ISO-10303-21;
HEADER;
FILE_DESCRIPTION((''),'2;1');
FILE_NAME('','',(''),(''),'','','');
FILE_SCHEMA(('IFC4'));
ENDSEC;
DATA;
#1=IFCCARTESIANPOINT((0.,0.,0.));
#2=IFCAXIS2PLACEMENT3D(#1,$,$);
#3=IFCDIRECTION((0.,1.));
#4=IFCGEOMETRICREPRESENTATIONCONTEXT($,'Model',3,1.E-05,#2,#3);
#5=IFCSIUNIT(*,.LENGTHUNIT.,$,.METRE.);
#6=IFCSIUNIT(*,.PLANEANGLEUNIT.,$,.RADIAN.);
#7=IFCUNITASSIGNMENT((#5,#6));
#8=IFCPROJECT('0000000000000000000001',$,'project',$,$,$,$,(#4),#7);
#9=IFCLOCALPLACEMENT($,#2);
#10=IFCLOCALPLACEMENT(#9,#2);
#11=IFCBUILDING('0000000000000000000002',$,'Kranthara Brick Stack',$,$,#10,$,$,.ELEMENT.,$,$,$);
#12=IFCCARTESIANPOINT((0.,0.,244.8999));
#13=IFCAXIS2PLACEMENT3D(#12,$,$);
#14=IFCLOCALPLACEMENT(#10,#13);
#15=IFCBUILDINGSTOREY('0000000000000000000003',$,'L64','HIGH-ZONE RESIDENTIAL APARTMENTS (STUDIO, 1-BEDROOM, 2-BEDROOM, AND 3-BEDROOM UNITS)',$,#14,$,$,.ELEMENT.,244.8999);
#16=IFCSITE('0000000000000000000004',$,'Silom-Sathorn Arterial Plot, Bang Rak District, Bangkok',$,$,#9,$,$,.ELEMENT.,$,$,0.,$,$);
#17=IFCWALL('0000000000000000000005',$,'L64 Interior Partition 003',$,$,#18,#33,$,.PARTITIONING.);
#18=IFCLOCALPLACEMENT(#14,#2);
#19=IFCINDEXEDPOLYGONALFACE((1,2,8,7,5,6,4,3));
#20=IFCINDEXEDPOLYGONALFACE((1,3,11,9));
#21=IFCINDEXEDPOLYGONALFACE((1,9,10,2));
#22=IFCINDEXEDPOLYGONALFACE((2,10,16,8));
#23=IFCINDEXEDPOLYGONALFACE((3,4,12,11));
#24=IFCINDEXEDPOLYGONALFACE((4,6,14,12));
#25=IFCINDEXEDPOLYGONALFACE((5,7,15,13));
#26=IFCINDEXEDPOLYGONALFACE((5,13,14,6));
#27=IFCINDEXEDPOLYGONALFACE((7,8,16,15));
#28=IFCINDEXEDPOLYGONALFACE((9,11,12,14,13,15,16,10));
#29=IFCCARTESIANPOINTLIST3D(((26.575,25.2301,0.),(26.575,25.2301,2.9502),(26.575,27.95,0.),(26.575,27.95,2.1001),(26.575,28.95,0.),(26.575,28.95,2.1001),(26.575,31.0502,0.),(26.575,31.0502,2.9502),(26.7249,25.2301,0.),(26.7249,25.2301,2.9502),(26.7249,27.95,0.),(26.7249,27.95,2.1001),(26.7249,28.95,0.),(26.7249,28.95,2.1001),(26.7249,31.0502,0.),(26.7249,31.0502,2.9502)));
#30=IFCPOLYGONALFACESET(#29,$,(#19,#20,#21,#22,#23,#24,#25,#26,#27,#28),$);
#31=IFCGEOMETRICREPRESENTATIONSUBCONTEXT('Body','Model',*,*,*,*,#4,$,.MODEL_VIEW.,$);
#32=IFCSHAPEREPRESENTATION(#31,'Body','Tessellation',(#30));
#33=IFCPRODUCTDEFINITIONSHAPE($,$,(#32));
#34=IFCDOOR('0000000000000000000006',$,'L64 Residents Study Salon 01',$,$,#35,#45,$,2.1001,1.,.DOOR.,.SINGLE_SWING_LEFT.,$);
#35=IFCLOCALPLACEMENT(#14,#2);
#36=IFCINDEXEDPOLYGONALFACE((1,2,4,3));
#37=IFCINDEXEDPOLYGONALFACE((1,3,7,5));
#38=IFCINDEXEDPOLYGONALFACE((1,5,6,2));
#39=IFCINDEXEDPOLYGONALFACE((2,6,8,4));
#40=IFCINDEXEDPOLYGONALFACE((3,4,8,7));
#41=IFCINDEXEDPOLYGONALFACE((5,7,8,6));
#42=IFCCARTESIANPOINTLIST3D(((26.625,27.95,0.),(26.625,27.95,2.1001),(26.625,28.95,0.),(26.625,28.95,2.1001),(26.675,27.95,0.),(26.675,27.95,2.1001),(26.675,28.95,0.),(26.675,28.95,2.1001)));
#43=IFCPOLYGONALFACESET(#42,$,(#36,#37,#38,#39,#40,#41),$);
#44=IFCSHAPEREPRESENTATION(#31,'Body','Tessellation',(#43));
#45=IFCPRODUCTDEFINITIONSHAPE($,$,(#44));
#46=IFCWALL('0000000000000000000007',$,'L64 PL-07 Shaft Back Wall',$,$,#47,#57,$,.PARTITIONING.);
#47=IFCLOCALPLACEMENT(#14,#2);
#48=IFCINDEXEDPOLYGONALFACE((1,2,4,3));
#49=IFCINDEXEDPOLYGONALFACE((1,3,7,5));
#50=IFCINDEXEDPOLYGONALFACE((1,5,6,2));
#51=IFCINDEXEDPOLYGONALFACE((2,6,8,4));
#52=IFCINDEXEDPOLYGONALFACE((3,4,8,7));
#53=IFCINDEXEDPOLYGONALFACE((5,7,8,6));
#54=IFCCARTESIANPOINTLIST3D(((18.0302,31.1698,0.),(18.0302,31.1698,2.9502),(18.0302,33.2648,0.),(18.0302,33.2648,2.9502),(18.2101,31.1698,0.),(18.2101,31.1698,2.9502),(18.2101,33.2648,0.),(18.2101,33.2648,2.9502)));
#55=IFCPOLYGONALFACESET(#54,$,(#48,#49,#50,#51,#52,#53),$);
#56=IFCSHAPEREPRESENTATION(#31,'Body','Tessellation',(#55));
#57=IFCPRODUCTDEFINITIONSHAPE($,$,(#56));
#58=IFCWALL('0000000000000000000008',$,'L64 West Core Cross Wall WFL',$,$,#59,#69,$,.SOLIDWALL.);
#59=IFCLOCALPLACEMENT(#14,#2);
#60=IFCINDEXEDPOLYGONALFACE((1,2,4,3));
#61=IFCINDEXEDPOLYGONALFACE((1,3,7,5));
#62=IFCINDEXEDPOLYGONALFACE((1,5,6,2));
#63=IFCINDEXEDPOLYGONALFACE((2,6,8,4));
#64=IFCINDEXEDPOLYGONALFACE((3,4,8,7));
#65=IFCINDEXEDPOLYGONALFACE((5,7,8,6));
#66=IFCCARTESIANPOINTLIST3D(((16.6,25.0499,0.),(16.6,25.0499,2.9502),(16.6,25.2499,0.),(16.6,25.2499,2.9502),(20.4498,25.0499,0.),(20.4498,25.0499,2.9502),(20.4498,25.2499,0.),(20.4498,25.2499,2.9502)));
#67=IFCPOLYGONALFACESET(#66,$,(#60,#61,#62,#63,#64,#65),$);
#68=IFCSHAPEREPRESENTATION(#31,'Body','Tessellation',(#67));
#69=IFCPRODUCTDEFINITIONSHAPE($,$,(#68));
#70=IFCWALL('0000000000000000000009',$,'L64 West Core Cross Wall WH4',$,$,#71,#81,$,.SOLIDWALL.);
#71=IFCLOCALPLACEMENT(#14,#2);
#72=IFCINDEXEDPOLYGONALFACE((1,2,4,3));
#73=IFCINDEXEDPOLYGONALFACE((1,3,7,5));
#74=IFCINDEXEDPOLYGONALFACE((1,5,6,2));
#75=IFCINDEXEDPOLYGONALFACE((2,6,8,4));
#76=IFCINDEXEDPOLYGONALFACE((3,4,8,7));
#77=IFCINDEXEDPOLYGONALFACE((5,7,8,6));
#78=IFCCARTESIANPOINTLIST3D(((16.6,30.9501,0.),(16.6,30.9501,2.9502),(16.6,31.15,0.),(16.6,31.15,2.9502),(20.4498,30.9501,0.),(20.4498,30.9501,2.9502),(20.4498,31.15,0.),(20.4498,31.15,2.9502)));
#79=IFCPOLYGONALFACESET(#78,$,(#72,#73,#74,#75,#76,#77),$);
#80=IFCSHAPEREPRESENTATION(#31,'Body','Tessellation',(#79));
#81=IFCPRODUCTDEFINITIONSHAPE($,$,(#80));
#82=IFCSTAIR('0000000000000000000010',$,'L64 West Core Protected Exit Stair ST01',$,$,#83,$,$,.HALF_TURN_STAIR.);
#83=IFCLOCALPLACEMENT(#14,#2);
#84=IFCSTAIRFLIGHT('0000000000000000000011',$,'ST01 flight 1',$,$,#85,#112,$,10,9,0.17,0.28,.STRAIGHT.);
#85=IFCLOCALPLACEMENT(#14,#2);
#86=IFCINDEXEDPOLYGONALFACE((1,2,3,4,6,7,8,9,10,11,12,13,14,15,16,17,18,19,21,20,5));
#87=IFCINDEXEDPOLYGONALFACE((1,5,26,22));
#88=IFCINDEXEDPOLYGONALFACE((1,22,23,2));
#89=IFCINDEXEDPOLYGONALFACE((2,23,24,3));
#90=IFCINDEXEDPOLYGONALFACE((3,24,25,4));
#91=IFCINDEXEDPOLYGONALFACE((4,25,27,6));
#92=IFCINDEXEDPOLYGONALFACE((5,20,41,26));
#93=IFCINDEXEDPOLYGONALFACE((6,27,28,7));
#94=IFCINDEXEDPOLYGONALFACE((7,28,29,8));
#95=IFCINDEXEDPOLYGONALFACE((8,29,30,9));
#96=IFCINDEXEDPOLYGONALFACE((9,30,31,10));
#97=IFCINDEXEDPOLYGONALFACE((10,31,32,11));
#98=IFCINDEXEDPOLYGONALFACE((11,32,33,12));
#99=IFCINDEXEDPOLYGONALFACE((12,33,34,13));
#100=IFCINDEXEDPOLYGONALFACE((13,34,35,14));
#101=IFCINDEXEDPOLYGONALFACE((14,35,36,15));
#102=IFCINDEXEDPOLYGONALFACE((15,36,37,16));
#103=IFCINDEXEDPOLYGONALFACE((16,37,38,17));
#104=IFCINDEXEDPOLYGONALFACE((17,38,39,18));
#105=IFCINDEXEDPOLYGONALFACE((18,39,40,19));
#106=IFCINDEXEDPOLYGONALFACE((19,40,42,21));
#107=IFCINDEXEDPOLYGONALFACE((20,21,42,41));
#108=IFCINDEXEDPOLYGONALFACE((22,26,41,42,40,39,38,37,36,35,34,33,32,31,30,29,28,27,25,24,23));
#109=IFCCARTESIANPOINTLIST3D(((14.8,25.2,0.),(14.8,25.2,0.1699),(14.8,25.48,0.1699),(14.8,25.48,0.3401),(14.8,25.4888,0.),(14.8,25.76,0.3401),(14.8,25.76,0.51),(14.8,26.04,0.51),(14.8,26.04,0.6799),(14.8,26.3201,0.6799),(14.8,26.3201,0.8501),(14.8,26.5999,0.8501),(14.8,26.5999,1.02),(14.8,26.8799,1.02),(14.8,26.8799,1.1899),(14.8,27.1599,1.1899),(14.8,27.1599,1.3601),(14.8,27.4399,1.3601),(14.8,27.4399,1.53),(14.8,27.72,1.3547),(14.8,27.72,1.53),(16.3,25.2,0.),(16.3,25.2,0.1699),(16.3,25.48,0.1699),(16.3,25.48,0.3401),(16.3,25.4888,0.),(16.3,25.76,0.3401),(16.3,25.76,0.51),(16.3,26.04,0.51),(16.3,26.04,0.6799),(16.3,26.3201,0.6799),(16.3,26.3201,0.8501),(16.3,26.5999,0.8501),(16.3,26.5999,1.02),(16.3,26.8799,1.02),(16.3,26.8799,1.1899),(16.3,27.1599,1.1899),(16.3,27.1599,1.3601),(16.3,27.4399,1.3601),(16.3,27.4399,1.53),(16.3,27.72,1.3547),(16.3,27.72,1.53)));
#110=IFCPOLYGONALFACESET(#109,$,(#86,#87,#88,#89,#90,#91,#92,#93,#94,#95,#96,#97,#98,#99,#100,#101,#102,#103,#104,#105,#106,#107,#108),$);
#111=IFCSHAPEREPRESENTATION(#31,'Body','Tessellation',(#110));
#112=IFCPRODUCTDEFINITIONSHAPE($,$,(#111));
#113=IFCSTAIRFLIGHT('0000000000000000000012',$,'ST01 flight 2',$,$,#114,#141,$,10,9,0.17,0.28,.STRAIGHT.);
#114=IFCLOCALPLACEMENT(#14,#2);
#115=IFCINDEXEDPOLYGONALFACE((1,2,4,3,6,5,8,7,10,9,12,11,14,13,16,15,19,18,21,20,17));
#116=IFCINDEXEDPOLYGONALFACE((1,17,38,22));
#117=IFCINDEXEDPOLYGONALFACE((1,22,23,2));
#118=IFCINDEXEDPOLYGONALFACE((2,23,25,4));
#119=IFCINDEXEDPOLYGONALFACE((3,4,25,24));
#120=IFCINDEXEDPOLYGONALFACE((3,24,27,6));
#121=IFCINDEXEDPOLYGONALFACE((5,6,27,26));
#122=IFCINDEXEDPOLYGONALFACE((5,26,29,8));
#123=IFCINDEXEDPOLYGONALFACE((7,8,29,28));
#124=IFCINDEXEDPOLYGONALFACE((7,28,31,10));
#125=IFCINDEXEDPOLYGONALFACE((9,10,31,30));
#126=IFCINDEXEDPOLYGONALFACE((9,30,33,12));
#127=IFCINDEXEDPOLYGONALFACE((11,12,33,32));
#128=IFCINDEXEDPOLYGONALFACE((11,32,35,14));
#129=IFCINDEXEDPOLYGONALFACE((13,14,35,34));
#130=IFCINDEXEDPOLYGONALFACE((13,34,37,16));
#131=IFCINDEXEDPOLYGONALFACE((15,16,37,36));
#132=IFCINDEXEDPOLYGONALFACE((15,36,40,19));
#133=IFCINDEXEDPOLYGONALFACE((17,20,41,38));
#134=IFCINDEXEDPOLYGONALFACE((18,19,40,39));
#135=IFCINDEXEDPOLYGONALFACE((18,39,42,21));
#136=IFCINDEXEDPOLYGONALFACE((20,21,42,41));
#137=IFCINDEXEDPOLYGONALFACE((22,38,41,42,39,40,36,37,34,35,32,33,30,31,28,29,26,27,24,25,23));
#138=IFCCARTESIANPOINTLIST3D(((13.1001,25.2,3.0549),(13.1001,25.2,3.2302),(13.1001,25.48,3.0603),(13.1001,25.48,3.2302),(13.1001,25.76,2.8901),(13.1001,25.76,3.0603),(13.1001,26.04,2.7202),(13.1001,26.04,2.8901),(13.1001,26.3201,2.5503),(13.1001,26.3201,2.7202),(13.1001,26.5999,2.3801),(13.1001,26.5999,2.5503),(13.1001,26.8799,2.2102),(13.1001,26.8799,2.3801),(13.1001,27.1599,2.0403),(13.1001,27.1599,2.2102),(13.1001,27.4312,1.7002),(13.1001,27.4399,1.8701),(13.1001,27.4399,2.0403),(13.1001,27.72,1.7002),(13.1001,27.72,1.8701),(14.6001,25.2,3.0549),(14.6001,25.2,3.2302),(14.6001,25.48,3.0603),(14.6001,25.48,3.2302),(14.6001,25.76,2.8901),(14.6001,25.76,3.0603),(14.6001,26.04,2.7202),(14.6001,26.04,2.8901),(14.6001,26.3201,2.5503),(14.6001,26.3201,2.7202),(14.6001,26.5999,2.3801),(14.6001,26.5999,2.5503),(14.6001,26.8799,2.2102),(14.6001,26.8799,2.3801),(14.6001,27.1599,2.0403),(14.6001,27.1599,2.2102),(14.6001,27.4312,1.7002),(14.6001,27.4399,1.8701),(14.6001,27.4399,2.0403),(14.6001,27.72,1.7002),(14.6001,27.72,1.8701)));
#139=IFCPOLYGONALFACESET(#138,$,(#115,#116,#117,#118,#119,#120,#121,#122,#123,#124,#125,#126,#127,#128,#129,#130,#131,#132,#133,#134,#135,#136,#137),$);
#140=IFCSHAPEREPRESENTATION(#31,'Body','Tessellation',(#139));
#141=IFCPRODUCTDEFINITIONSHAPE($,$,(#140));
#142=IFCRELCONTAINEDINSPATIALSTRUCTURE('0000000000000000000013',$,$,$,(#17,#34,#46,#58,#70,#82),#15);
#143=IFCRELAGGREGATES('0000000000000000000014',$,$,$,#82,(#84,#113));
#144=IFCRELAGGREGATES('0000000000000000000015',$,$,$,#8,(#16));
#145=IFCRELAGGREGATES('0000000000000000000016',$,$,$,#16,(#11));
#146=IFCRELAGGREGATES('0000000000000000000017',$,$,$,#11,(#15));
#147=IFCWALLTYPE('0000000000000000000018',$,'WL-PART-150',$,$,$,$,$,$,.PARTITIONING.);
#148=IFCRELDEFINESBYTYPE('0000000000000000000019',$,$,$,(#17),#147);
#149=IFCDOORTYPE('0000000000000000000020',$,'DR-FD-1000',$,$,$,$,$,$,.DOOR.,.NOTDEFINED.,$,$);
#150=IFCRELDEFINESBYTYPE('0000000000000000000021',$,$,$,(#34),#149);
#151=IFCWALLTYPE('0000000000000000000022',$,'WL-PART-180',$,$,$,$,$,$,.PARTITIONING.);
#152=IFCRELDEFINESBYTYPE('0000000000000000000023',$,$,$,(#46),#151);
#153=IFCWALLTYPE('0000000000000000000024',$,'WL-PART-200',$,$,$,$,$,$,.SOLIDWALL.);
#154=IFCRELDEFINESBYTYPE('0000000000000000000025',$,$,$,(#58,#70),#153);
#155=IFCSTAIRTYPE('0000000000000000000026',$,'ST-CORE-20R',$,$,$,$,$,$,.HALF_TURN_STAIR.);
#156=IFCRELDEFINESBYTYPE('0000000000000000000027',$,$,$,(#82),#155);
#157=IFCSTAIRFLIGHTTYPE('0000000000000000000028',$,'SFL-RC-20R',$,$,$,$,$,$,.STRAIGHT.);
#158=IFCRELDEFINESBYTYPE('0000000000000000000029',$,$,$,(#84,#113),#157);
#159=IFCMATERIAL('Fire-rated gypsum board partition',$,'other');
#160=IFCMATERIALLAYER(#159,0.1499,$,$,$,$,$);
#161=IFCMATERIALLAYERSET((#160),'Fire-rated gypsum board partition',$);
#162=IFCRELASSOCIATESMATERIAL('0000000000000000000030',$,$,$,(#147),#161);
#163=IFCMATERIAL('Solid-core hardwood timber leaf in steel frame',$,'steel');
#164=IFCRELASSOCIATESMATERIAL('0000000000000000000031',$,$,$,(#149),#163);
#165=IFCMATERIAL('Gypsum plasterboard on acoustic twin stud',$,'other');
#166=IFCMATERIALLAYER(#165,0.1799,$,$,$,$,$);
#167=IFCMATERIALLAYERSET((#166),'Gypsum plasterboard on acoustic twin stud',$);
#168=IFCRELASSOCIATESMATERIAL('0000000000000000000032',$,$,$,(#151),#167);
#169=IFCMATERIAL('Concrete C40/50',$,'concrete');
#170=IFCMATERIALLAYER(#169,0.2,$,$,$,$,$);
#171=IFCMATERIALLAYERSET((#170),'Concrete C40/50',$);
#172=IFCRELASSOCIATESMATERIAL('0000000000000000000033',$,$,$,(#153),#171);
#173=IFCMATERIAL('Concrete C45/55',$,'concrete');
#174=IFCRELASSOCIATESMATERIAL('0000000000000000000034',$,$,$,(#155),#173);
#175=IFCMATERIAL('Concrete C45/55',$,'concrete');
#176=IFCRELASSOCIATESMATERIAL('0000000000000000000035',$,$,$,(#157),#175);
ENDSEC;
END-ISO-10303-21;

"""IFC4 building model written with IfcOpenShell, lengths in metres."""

from ifc_helpers import new_model, si_unit, direction, frame, frame_2d, origin, place, context, subcontext, project, spatial, polyline, rectangle, outline, extrude, material, layer, layer_set, type_object, element, fill, aggregate, save


model = new_model("IFC4")

# Units and contexts
model_context = context("Model", 3, precision=1e-05, world=origin(), true_north=direction((0.0, 1.0)))
body_context = subcontext(model_context, "Body", "Model", "MODEL_VIEW")
ifc_project = project(units=[si_unit("LENGTHUNIT", "METRE"), si_unit("PLANEANGLEUNIT", "RADIAN")], contexts=[model_context])

# Site, building, storey
site_placement = place(None, origin())
site = spatial("IfcSite", under=ifc_project, at=site_placement, Name="Silom-Sathorn Arterial Plot, Bang Rak District, Bangkok", CompositionType="ELEMENT", RefElevation=0.0)
building_placement = place(site_placement, origin())
building = spatial("IfcBuilding", under=site, at=building_placement, Name="Kranthara Brick Stack", CompositionType="ELEMENT")
storey_placement = place(building_placement, frame((0.0, 0.0, 244.8999)))
storey = spatial("IfcBuildingStorey", under=building, at=storey_placement, Name="L64", Description="HIGH-ZONE RESIDENTIAL APARTMENTS (STUDIO, 1-BEDROOM, 2-BEDROOM, AND 3-BEDROOM UNITS)", CompositionType="ELEMENT", Elevation=244.8999)

# Shared definitions
ifc_material_1 = material(Name="Fire-rated gypsum board partition", Category="other")
ifc_layer_1 = layer(ifc_material_1, 0.1499)
ifc_layer_set_1 = layer_set([ifc_layer_1], Name="Fire-rated gypsum board partition")
wall_type_1 = type_object("IfcWallType", Name="WL-PART-150", PredefinedType="PARTITIONING", material=ifc_layer_set_1)

# Wall, opening, door
wall_1_placement = place(storey_placement, frame((26.6499, 25.23, 0.0), z_axis=(0.0, 0.0, 1.0), x_axis=(0.0, 1.0, 0.0)))
wall_1 = element("IfcWall", 1, at=wall_1_placement, inside=storey, type_object=wall_type_1, Name="L64 Interior Partition 003", PredefinedType="PARTITIONING", context=body_context, shape_type="SweptSolid", body=[
    extrude(rectangle(XDim=5.8201, YDim=0.1499, at=frame_2d((2.9102, 0.0))), origin(), (0.0, 0.0, 1.0), 2.9502),
])
opening_1_placement = place(wall_1_placement, frame((2.72, 0.0, 0.0)))
opening_1 = element("IfcOpeningElement", 2, at=opening_1_placement, cuts=wall_1, PredefinedType="OPENING", context=body_context, shape_type="SweptSolid", body=[
    extrude(rectangle(XDim=1.0, YDim=2.1001, at=frame_2d((0.5, 1.05))), frame((0.0, 0.085, 0.0), z_axis=(0.0, -1.0, 0.0), x_axis=(1.0, 0.0, 0.0)), (0.0, 0.0, 1.0), 0.1699),
])
ifc_material_2 = material(Name="Solid-core hardwood timber leaf in steel frame", Category="steel")
door_type_1 = type_object("IfcDoorType", Name="DR-FD-1000", OperationType="NOTDEFINED", PredefinedType="DOOR", material=ifc_material_2)
door_1_placement = place(opening_1_placement, origin())
door_1 = element("IfcDoor", 3, at=door_1_placement, inside=storey, type_object=door_type_1, Name="L64 Residents Study Salon 01", OperationType="SINGLE_SWING_LEFT", OverallHeight=2.1001, OverallWidth=1.0, PredefinedType="DOOR", context=body_context, shape_type="SweptSolid", body=[
    extrude(rectangle(XDim=1.0, YDim=2.1001, at=frame_2d((0.5, 1.05))), frame((0.0, 0.0249, 0.0), z_axis=(0.0, -1.0, 0.0), x_axis=(1.0, 0.0, 0.0)), (0.0, 0.0, 1.0), 0.05),
])
fill(opening_1, door_1)

# Walls
ifc_material_3 = material(Name="Gypsum plasterboard on acoustic twin stud", Category="other")
ifc_layer_2 = layer(ifc_material_3, 0.1799)
ifc_layer_set_2 = layer_set([ifc_layer_2], Name="Gypsum plasterboard on acoustic twin stud")
wall_type_2 = type_object("IfcWallType", Name="WL-PART-180", PredefinedType="PARTITIONING", material=ifc_layer_set_2)
wall_2_placement = place(storey_placement, frame((18.1201, 31.1699, 0.0), z_axis=(0.0, 0.0, 1.0), x_axis=(0.0, 1.0, 0.0)))
element("IfcWall", 4, at=wall_2_placement, inside=storey, type_object=wall_type_2, Name="L64 PL-07 Shaft Back Wall", PredefinedType="PARTITIONING", context=body_context, shape_type="SweptSolid", body=[
    extrude(rectangle(XDim=2.095, YDim=0.1799, at=frame_2d((1.0474, 0.0))), origin(), (0.0, 0.0, 1.0), 2.9502),
])
ifc_material_4 = material(Name="Concrete C40/50", Category="concrete")
ifc_layer_3 = layer(ifc_material_4, 0.2)
ifc_layer_set_3 = layer_set([ifc_layer_3], Name="Concrete C40/50")
wall_type_3 = type_object("IfcWallType", Name="WL-PART-200", PredefinedType="SOLIDWALL", material=ifc_layer_set_3)
for number, where, z_axis, x_axis, name in (
    (5, (16.6001, 25.1499, 0.0), (0.0, 0.0, 1.0), (1.0, 0.0, 0.0), "L64 West Core Cross Wall WFL"),
    (6, (16.6001, 31.05, 0.0), (0.0, 0.0, 1.0), (1.0, 0.0, 0.0), "L64 West Core Cross Wall WH4"),
):
    element("IfcWall", number, at=place(storey_placement, frame(where, z_axis=z_axis, x_axis=x_axis)), inside=storey, type_object=wall_type_3, Name=name, PredefinedType="SOLIDWALL", context=body_context, shape_type="SweptSolid", body=[
        extrude(rectangle(XDim=3.8499, YDim=0.2, at=frame_2d((1.9248, 0.0))), origin(), (0.0, 0.0, 1.0), 2.9502),
    ])

# Stair, stair flights
ifc_material_5 = material(Name="Concrete C45/55", Category="concrete")
stair_type = type_object("IfcStairType", Name="ST-CORE-20R", PredefinedType="HALF_TURN_STAIR", material=ifc_material_5)
stair_placement = place(storey_placement, origin())
stair = element("IfcStair", 7, at=stair_placement, inside=storey, type_object=stair_type, Name="L64 West Core Protected Exit Stair ST01", PredefinedType="HALF_TURN_STAIR")
ifc_material_6 = material(Name="Concrete C45/55", Category="concrete")
stair_flight_type = type_object("IfcStairFlightType", Name="SFL-RC-20R", PredefinedType="STRAIGHT", material=ifc_material_6)
stair_flight_1_placement = place(storey_placement, frame((15.55, 25.2, 0.0), z_axis=(0.0, 0.0, 1.0), x_axis=(0.0, 1.0, 0.0)))
stair_flight_1 = element("IfcStairFlight", 8, at=stair_flight_1_placement, type_object=stair_flight_type, Name="ST01 flight 1", NumberOfRisers=10, NumberOfTreads=9, PredefinedType="STRAIGHT", RiserHeight=0.17, TreadLength=0.28, context=body_context, shape_type="SweptSolid", body=[
    extrude(outline(polyline([(0.0, 0.0), (0.0, 0.1699), (0.28, 0.1699), (0.28, 0.3401), (0.5601, 0.3401), (0.5601, 0.51), (0.8401, 0.51), (0.8401, 0.6799), (1.1201, 0.6799), (1.1201, 0.8501), (1.3999, 0.8501), (1.3999, 1.02), (1.6799, 1.02), (1.6799, 1.1899), (1.96, 1.1899), (1.96, 1.3601), (2.24, 1.3601), (2.24, 1.53), (2.52, 1.53), (2.52, 1.7), (2.52, 1.3547), (0.2888, 0.0), (0.0, 0.0)])), frame((0.0, 0.75, 0.0), z_axis=(0.0, -1.0, 0.0), x_axis=(1.0, 0.0, 0.0)), (0.0, 0.0, 1.0), 1.5),
])
stair_flight_2_placement = place(storey_placement, frame((13.8501, 27.72, 1.7002), z_axis=(0.0, 0.0, 1.0), x_axis=(0.0, -1.0, 0.0)))
stair_flight_2 = element("IfcStairFlight", 9, at=stair_flight_2_placement, type_object=stair_flight_type, Name="ST01 flight 2", NumberOfRisers=10, NumberOfTreads=9, PredefinedType="STRAIGHT", RiserHeight=0.17, TreadLength=0.28, context=body_context, shape_type="SweptSolid", body=[
    extrude(outline(polyline([(0.0, 0.0), (0.0, 0.1699), (0.28, 0.1699), (0.28, 0.3401), (0.5601, 0.3401), (0.5601, 0.51), (0.8401, 0.51), (0.8401, 0.6799), (1.1201, 0.6799), (1.1201, 0.8501), (1.3999, 0.8501), (1.3999, 1.02), (1.6799, 1.02), (1.6799, 1.1899), (1.96, 1.1899), (1.96, 1.3601), (2.24, 1.3601), (2.24, 1.53), (2.52, 1.53), (2.52, 1.7), (2.52, 1.3547), (0.2888, 0.0), (0.0, 0.0)])), frame((0.0, 0.75, 0.0), z_axis=(0.0, -1.0, 0.0), x_axis=(1.0, 0.0, 0.0)), (0.0, 0.0, 1.0), 1.5),
])
aggregate(stair, [stair_flight_1, stair_flight_2])

save(model, "model.ifc")
